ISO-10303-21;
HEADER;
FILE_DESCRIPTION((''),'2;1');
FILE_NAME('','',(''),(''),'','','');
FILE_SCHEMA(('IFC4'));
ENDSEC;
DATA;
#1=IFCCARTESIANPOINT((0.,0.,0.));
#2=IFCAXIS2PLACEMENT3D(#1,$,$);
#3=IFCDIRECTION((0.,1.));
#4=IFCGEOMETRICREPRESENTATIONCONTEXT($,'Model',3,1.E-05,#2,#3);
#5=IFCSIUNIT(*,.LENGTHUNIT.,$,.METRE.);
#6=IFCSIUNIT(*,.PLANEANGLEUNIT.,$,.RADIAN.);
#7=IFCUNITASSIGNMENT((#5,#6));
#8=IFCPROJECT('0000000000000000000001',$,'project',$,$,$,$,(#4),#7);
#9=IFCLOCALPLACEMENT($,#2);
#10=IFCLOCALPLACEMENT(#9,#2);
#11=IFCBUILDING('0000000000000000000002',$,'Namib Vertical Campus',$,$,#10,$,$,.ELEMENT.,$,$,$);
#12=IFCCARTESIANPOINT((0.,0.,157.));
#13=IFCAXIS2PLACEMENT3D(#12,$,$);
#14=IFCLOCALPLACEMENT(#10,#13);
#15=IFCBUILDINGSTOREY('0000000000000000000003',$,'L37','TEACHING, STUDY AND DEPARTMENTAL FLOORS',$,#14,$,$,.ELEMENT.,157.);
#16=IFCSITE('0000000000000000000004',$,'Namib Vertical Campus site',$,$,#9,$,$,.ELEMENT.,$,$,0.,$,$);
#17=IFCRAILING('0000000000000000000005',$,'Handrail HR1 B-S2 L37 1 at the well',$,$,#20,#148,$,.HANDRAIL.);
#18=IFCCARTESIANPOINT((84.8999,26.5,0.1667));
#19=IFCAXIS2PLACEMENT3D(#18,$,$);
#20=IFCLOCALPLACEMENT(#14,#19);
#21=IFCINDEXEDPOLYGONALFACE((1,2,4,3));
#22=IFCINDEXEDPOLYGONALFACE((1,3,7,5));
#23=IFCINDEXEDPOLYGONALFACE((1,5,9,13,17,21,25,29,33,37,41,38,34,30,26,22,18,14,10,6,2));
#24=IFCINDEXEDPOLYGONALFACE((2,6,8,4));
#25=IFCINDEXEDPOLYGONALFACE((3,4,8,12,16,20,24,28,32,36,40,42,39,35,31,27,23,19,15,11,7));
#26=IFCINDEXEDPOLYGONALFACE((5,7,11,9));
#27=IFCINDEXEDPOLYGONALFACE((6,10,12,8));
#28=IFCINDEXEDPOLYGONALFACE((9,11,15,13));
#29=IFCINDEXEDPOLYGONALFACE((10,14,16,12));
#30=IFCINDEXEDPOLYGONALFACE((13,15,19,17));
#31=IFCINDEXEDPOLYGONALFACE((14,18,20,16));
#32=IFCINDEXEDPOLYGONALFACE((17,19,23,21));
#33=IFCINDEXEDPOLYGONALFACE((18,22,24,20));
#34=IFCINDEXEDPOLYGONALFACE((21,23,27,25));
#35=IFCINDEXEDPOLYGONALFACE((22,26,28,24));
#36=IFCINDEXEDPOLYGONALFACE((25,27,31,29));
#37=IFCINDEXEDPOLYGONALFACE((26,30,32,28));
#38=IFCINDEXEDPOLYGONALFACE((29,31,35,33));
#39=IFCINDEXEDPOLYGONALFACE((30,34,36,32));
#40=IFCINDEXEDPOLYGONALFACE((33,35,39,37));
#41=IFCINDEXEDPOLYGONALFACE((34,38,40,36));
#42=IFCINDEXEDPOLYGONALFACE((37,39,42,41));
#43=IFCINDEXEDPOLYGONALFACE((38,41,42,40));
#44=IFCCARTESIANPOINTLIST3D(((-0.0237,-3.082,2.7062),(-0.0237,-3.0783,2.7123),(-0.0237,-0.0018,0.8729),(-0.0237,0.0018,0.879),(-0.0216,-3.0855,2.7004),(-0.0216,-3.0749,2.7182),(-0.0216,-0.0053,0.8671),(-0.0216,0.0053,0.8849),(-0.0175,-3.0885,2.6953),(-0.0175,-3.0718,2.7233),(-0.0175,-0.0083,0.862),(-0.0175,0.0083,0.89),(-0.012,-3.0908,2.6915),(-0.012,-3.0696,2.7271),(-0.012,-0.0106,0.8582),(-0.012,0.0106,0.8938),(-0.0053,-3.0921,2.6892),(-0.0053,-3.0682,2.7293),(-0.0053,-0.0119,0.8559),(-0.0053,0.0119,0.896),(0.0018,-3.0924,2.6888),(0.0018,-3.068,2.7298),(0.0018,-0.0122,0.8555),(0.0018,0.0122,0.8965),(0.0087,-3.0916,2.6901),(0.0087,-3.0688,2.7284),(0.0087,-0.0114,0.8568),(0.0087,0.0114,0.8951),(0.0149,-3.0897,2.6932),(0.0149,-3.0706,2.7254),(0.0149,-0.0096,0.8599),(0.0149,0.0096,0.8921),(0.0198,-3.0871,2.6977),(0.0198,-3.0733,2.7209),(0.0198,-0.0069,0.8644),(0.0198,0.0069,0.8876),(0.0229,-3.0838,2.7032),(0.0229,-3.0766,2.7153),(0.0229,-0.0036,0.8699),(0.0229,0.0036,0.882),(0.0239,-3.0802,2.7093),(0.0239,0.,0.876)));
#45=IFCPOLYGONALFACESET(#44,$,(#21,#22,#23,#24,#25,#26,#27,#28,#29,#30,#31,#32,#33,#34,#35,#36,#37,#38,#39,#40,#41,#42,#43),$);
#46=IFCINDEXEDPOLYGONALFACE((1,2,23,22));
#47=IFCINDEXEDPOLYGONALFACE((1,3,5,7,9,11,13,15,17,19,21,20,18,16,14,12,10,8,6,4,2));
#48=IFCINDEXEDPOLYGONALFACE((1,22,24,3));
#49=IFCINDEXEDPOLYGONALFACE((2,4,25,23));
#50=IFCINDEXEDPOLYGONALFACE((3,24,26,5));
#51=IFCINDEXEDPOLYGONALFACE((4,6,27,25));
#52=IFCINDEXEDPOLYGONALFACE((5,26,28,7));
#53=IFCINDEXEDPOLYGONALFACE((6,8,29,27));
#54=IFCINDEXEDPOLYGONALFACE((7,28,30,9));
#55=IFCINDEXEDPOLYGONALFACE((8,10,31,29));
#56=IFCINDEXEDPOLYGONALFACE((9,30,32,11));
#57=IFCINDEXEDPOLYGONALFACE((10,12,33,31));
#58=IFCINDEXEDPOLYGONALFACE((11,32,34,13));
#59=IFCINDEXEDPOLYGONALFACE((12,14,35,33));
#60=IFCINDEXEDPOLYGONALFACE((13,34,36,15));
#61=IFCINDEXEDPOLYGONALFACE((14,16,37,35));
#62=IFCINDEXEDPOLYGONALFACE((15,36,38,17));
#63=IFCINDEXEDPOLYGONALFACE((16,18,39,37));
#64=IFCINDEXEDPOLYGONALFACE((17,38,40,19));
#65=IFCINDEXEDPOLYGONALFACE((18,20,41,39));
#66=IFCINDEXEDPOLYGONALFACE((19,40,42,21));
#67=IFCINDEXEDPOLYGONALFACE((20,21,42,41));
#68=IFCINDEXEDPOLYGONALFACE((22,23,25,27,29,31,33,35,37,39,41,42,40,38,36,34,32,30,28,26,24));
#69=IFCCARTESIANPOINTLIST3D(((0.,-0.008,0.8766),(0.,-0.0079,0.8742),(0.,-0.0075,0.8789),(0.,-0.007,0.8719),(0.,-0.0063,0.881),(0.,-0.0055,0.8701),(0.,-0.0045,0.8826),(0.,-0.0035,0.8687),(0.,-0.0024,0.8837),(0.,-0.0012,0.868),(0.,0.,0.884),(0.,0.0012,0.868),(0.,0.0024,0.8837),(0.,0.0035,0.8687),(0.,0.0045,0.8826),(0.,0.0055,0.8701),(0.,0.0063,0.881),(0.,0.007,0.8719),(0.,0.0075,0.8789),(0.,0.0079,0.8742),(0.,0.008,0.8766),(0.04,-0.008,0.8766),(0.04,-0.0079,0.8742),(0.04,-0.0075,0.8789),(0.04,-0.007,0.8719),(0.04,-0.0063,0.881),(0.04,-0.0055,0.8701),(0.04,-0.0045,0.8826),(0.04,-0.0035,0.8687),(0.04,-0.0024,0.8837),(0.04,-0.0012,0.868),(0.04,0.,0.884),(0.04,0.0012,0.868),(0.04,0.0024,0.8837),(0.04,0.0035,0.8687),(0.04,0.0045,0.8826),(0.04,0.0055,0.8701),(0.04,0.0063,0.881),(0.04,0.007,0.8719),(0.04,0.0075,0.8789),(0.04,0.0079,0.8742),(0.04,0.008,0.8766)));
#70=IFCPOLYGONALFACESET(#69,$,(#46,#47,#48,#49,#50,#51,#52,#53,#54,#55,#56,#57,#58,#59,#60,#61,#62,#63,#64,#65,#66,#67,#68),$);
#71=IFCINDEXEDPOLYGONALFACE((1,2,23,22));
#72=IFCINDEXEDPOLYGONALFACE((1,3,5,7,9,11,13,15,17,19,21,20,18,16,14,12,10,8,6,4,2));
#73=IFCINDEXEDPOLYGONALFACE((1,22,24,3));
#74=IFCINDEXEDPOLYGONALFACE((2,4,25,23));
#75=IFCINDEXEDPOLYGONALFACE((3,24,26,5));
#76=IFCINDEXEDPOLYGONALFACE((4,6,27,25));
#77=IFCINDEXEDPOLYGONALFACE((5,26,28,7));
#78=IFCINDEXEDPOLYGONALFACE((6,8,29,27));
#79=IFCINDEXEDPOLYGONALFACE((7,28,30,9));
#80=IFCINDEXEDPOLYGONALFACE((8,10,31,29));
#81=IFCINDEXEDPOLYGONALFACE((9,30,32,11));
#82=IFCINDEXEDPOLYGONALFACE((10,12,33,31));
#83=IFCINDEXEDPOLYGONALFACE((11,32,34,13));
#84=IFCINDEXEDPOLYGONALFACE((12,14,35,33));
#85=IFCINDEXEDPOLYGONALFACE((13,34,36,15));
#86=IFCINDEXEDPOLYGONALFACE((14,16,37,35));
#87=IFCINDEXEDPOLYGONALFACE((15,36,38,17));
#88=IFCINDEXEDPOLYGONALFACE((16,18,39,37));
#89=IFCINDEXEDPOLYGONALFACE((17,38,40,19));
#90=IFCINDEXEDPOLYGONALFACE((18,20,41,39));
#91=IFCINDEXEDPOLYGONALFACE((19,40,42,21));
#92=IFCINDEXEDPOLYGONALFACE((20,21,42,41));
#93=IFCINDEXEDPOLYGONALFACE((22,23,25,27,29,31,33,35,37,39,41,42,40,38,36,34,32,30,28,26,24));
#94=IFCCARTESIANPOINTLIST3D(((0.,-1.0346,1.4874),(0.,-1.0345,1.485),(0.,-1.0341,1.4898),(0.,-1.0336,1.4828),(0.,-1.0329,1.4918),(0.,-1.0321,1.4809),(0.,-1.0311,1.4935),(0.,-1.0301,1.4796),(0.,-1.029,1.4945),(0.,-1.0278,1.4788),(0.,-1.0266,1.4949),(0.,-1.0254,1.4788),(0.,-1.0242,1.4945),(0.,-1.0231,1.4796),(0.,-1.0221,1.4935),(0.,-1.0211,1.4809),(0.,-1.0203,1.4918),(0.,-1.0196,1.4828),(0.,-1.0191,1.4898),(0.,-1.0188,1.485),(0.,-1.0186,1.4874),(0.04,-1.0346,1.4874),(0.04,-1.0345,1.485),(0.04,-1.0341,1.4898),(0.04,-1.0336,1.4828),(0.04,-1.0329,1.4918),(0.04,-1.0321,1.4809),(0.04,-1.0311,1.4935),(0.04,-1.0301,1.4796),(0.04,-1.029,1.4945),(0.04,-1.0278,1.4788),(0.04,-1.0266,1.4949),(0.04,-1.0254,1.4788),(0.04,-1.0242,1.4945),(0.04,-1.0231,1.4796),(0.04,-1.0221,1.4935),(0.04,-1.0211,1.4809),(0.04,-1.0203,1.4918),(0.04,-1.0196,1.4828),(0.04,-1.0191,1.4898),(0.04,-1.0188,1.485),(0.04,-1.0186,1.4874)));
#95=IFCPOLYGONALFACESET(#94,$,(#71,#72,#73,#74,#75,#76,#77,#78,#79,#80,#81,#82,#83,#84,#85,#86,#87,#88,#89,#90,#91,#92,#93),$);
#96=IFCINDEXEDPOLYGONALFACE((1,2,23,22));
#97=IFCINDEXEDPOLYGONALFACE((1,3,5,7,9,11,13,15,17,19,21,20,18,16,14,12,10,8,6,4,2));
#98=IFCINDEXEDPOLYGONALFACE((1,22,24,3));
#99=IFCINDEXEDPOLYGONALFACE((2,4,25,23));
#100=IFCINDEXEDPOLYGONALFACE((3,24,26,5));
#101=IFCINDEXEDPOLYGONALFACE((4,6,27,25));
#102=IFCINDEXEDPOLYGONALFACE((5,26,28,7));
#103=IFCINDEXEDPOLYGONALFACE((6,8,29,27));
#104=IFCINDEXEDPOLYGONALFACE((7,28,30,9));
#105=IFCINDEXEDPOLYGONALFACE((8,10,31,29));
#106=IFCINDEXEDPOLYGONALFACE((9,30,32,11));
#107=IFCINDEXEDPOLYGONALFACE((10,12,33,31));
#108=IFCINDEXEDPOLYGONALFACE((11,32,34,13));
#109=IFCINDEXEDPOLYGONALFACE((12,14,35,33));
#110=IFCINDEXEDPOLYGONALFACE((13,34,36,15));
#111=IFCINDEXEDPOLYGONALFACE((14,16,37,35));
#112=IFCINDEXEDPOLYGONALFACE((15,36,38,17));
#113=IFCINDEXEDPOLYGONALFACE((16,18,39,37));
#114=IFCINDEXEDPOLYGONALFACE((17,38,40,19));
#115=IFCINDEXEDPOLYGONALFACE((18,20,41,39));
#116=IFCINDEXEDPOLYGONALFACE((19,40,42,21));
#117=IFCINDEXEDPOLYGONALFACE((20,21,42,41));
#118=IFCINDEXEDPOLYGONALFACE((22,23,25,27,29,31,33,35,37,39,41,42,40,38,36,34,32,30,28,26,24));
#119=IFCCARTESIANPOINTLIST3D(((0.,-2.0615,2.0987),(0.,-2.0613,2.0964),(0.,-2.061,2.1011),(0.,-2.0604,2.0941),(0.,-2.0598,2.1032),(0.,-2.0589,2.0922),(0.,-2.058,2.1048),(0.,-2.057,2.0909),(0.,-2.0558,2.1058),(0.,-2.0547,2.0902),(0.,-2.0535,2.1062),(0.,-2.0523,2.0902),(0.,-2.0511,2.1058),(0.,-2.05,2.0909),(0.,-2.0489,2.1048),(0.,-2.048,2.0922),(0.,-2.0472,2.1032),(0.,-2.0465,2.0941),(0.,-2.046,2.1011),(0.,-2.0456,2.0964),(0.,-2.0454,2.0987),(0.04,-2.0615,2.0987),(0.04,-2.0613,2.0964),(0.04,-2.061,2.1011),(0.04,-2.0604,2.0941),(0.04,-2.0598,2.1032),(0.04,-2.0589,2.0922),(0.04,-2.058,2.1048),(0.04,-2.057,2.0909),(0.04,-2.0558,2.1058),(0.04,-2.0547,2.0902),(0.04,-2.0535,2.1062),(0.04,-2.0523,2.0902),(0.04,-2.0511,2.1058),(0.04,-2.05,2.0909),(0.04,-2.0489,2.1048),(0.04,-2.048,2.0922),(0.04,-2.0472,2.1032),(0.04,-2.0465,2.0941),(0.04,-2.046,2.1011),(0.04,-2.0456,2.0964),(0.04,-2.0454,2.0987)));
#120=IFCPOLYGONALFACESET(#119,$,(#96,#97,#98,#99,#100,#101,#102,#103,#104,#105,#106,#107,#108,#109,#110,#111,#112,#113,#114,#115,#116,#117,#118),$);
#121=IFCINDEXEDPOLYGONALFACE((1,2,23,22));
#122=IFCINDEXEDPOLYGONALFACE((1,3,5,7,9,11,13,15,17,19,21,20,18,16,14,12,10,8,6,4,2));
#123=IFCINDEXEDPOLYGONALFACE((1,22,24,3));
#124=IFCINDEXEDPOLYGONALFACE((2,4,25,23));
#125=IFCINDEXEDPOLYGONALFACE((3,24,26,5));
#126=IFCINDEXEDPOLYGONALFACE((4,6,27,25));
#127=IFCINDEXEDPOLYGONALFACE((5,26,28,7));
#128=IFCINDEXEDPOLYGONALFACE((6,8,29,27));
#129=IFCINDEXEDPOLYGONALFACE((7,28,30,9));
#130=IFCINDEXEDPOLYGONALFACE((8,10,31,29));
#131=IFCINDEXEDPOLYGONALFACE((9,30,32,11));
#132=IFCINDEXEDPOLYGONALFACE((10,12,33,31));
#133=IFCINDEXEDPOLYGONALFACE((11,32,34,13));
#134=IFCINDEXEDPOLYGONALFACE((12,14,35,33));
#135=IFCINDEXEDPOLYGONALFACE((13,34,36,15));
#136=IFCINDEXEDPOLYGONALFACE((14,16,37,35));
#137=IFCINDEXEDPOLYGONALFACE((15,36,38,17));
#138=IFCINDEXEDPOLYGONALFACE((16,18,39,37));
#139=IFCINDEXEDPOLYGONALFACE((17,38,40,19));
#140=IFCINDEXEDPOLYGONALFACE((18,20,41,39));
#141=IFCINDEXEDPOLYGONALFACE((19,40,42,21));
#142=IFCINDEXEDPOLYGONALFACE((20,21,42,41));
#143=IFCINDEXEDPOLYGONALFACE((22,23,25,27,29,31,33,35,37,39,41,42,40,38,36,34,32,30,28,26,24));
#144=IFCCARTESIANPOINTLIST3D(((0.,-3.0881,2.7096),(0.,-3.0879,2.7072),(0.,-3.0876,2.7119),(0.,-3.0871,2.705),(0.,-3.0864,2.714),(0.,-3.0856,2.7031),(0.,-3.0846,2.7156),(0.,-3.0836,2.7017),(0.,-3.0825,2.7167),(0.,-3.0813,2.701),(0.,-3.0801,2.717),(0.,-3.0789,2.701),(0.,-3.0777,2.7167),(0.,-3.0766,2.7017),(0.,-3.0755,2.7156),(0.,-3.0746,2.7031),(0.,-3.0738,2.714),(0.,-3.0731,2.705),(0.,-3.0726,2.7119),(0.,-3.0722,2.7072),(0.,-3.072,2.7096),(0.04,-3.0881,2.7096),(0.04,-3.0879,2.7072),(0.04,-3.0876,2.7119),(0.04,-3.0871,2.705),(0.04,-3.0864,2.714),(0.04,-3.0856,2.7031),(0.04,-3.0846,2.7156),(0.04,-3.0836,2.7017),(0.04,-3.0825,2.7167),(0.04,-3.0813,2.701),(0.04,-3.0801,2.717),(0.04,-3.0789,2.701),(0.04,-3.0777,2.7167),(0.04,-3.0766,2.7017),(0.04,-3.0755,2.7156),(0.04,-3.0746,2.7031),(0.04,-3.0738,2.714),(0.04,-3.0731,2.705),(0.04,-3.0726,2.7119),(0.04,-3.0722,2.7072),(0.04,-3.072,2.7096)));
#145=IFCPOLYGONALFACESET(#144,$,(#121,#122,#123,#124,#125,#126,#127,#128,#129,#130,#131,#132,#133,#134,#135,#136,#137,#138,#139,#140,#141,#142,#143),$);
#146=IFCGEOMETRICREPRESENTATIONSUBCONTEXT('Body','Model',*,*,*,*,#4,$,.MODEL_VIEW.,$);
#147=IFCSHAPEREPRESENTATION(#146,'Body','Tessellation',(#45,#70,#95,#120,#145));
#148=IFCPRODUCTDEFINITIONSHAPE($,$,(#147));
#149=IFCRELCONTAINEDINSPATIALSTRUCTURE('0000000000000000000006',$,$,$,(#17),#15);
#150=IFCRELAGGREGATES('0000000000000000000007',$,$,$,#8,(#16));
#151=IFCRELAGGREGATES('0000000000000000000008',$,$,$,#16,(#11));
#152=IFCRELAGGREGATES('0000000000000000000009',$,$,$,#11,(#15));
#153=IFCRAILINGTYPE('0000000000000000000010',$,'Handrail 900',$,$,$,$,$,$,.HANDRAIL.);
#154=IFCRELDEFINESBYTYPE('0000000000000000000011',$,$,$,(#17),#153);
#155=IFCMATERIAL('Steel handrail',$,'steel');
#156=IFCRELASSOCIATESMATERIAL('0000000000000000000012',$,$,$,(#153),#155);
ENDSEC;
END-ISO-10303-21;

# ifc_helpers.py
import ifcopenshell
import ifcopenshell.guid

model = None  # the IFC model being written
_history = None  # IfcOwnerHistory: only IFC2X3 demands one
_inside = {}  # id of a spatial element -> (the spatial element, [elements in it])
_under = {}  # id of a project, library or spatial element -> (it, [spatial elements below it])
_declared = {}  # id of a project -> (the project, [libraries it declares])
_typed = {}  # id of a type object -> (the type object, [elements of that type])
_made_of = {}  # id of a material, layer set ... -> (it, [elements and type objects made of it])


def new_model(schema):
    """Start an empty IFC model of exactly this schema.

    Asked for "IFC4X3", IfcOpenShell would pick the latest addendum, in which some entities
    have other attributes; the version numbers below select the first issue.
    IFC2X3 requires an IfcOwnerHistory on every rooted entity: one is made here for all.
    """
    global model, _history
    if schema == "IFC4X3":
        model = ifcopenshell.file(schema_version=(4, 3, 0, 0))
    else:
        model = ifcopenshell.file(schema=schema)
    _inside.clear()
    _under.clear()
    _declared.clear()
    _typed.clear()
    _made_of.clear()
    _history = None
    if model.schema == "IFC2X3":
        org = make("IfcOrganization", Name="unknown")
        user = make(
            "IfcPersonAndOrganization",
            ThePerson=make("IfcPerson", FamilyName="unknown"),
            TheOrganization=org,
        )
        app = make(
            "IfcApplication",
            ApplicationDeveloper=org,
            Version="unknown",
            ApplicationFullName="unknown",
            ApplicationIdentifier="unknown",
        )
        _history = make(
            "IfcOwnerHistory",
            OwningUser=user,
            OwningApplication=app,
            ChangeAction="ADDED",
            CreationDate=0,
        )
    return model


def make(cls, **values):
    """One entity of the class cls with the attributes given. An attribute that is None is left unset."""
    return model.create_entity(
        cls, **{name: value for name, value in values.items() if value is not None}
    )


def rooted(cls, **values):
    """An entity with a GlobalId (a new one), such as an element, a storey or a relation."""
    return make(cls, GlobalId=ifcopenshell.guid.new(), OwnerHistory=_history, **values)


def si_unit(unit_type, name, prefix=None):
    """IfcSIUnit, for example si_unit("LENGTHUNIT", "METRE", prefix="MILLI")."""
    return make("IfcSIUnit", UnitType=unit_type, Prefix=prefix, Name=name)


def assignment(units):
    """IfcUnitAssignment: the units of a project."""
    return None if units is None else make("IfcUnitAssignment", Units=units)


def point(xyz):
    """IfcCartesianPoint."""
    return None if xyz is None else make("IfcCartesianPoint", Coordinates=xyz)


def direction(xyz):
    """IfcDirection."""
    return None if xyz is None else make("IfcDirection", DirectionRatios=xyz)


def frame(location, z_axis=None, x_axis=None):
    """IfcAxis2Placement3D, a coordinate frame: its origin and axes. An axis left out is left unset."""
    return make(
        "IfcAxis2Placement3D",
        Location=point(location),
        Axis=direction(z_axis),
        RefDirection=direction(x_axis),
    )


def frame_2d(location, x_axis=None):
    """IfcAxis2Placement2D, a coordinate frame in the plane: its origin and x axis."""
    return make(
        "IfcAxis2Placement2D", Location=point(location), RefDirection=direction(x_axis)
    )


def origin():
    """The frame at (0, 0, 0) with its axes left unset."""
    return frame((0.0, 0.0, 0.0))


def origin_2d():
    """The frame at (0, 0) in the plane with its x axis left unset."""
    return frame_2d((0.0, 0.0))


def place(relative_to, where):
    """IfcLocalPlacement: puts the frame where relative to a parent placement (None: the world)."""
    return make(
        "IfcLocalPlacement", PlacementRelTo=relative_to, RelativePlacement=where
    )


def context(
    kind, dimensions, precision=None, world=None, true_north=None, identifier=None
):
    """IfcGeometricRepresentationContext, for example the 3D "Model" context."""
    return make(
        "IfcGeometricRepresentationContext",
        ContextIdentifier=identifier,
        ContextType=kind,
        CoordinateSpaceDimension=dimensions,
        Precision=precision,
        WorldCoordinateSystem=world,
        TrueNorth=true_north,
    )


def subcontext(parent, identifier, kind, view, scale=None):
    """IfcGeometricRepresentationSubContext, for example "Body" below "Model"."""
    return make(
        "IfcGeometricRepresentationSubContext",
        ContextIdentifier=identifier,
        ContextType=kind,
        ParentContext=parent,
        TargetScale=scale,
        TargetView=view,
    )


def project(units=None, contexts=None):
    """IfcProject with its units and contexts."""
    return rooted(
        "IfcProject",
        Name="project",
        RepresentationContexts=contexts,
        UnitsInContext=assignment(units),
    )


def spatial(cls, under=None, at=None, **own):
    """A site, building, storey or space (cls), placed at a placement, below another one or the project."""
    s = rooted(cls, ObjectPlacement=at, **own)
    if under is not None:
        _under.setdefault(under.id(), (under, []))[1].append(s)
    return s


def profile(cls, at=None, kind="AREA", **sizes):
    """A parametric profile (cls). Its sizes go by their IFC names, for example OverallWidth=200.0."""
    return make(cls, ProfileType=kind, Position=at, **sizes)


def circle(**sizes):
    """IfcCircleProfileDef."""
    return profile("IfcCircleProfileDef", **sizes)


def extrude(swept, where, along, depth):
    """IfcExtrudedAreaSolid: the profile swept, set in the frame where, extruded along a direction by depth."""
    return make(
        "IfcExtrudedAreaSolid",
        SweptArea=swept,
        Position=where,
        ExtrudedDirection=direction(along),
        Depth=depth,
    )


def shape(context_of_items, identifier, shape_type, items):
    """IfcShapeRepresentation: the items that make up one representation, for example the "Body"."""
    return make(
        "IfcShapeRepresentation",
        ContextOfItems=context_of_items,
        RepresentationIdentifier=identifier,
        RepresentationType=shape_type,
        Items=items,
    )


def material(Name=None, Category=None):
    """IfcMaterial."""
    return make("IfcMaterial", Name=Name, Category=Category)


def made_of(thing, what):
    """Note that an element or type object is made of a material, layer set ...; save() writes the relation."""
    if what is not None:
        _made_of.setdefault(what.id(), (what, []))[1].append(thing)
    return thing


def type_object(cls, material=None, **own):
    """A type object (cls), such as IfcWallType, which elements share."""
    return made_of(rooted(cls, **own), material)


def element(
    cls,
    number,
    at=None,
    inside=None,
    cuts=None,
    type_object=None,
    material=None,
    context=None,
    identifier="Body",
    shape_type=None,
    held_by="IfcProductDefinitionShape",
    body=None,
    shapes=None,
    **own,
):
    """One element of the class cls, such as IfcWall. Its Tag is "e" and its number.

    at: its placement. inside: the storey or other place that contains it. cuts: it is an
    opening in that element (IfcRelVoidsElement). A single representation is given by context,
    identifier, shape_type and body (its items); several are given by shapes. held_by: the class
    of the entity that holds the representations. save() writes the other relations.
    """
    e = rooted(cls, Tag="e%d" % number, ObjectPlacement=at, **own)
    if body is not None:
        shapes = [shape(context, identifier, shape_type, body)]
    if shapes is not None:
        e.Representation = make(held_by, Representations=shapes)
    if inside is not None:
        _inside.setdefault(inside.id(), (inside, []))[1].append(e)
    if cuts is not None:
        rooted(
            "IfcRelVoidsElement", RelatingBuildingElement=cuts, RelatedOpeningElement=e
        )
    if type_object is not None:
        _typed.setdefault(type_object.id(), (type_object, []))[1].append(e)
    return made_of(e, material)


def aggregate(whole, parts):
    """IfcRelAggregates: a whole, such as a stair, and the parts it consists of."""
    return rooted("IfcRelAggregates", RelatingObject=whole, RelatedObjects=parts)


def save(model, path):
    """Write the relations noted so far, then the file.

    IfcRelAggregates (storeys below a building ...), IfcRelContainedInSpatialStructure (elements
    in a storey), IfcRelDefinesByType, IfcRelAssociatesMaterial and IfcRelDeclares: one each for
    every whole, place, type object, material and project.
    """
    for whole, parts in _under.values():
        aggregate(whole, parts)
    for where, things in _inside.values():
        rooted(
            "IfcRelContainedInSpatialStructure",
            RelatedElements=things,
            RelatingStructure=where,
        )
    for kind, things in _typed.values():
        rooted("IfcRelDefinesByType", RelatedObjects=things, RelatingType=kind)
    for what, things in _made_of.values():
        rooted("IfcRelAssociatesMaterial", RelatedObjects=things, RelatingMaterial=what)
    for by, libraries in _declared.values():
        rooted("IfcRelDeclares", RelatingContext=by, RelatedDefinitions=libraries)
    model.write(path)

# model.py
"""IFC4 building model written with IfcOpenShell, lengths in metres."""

from ifc_helpers import new_model, si_unit, direction, frame, origin, origin_2d, place, context, subcontext, project, spatial, circle, extrude, material, type_object, element, save


model = new_model("IFC4")

# Units and contexts
model_context = context("Model", 3, precision=1e-05, world=origin(), true_north=direction((0.0, 1.0)))
body_context = subcontext(model_context, "Body", "Model", "MODEL_VIEW")
ifc_project = project(units=[si_unit("LENGTHUNIT", "METRE"), si_unit("PLANEANGLEUNIT", "RADIAN")], contexts=[model_context])

# Site, building, storey
site_placement = place(None, origin())
site = spatial("IfcSite", under=ifc_project, at=site_placement, Name="Namib Vertical Campus site", CompositionType="ELEMENT", RefElevation=0.0)
building_placement = place(site_placement, origin())
building = spatial("IfcBuilding", under=site, at=building_placement, Name="Namib Vertical Campus", CompositionType="ELEMENT")
storey_placement = place(building_placement, frame((0.0, 0.0, 157.0)))
storey = spatial("IfcBuildingStorey", under=building, at=storey_placement, Name="L37", Description="TEACHING, STUDY AND DEPARTMENTAL FLOORS", CompositionType="ELEMENT", Elevation=157.0)

# Railing
ifc_material_1 = material(Name="Steel handrail", Category="steel")
railing_type_1 = type_object("IfcRailingType", Name="Handrail 900", PredefinedType="HANDRAIL", material=ifc_material_1)
railing_1_placement = place(storey_placement, frame((84.8999, 26.5, 0.1667)))
element("IfcRailing", 1, at=railing_1_placement, inside=storey, type_object=railing_type_1, Name="Handrail HR1 B-S2 L37 1 at the well", PredefinedType="HANDRAIL", context=body_context, shape_type="SweptSolid", body=[
    extrude(circle(Radius=0.0239, at=origin_2d()), frame((0.0, 0.0, 0.876), z_axis=(0.0, -0.859309, 0.511458), x_axis=(1.0, 0.0, 0.0)), (0.0, 0.0, 1.0), 3.5845),
    extrude(circle(Radius=0.0081, at=origin_2d()), frame((0.0, 0.0, 0.876), z_axis=(1.0, 0.0, 0.0), x_axis=(0.0, 0.0, 1.0)), (0.0, 0.0, 1.0), 0.04),
    extrude(circle(Radius=0.0081, at=origin_2d()), frame((0.0, -1.0266, 1.4868), z_axis=(1.0, 0.0, 0.0), x_axis=(0.0, 0.0, 1.0)), (0.0, 0.0, 1.0), 0.04),
    extrude(circle(Radius=0.0081, at=origin_2d()), frame((0.0, -2.0535, 2.0981), z_axis=(1.0, 0.0, 0.0), x_axis=(0.0, 0.0, 1.0)), (0.0, 0.0, 1.0), 0.04),
    extrude(circle(Radius=0.0081, at=origin_2d()), frame((0.0, -3.0801, 2.709), z_axis=(1.0, 0.0, 0.0), x_axis=(0.0, 0.0, 1.0)), (0.0, 0.0, 1.0), 0.04),
])

save(model, "model.ifc")
